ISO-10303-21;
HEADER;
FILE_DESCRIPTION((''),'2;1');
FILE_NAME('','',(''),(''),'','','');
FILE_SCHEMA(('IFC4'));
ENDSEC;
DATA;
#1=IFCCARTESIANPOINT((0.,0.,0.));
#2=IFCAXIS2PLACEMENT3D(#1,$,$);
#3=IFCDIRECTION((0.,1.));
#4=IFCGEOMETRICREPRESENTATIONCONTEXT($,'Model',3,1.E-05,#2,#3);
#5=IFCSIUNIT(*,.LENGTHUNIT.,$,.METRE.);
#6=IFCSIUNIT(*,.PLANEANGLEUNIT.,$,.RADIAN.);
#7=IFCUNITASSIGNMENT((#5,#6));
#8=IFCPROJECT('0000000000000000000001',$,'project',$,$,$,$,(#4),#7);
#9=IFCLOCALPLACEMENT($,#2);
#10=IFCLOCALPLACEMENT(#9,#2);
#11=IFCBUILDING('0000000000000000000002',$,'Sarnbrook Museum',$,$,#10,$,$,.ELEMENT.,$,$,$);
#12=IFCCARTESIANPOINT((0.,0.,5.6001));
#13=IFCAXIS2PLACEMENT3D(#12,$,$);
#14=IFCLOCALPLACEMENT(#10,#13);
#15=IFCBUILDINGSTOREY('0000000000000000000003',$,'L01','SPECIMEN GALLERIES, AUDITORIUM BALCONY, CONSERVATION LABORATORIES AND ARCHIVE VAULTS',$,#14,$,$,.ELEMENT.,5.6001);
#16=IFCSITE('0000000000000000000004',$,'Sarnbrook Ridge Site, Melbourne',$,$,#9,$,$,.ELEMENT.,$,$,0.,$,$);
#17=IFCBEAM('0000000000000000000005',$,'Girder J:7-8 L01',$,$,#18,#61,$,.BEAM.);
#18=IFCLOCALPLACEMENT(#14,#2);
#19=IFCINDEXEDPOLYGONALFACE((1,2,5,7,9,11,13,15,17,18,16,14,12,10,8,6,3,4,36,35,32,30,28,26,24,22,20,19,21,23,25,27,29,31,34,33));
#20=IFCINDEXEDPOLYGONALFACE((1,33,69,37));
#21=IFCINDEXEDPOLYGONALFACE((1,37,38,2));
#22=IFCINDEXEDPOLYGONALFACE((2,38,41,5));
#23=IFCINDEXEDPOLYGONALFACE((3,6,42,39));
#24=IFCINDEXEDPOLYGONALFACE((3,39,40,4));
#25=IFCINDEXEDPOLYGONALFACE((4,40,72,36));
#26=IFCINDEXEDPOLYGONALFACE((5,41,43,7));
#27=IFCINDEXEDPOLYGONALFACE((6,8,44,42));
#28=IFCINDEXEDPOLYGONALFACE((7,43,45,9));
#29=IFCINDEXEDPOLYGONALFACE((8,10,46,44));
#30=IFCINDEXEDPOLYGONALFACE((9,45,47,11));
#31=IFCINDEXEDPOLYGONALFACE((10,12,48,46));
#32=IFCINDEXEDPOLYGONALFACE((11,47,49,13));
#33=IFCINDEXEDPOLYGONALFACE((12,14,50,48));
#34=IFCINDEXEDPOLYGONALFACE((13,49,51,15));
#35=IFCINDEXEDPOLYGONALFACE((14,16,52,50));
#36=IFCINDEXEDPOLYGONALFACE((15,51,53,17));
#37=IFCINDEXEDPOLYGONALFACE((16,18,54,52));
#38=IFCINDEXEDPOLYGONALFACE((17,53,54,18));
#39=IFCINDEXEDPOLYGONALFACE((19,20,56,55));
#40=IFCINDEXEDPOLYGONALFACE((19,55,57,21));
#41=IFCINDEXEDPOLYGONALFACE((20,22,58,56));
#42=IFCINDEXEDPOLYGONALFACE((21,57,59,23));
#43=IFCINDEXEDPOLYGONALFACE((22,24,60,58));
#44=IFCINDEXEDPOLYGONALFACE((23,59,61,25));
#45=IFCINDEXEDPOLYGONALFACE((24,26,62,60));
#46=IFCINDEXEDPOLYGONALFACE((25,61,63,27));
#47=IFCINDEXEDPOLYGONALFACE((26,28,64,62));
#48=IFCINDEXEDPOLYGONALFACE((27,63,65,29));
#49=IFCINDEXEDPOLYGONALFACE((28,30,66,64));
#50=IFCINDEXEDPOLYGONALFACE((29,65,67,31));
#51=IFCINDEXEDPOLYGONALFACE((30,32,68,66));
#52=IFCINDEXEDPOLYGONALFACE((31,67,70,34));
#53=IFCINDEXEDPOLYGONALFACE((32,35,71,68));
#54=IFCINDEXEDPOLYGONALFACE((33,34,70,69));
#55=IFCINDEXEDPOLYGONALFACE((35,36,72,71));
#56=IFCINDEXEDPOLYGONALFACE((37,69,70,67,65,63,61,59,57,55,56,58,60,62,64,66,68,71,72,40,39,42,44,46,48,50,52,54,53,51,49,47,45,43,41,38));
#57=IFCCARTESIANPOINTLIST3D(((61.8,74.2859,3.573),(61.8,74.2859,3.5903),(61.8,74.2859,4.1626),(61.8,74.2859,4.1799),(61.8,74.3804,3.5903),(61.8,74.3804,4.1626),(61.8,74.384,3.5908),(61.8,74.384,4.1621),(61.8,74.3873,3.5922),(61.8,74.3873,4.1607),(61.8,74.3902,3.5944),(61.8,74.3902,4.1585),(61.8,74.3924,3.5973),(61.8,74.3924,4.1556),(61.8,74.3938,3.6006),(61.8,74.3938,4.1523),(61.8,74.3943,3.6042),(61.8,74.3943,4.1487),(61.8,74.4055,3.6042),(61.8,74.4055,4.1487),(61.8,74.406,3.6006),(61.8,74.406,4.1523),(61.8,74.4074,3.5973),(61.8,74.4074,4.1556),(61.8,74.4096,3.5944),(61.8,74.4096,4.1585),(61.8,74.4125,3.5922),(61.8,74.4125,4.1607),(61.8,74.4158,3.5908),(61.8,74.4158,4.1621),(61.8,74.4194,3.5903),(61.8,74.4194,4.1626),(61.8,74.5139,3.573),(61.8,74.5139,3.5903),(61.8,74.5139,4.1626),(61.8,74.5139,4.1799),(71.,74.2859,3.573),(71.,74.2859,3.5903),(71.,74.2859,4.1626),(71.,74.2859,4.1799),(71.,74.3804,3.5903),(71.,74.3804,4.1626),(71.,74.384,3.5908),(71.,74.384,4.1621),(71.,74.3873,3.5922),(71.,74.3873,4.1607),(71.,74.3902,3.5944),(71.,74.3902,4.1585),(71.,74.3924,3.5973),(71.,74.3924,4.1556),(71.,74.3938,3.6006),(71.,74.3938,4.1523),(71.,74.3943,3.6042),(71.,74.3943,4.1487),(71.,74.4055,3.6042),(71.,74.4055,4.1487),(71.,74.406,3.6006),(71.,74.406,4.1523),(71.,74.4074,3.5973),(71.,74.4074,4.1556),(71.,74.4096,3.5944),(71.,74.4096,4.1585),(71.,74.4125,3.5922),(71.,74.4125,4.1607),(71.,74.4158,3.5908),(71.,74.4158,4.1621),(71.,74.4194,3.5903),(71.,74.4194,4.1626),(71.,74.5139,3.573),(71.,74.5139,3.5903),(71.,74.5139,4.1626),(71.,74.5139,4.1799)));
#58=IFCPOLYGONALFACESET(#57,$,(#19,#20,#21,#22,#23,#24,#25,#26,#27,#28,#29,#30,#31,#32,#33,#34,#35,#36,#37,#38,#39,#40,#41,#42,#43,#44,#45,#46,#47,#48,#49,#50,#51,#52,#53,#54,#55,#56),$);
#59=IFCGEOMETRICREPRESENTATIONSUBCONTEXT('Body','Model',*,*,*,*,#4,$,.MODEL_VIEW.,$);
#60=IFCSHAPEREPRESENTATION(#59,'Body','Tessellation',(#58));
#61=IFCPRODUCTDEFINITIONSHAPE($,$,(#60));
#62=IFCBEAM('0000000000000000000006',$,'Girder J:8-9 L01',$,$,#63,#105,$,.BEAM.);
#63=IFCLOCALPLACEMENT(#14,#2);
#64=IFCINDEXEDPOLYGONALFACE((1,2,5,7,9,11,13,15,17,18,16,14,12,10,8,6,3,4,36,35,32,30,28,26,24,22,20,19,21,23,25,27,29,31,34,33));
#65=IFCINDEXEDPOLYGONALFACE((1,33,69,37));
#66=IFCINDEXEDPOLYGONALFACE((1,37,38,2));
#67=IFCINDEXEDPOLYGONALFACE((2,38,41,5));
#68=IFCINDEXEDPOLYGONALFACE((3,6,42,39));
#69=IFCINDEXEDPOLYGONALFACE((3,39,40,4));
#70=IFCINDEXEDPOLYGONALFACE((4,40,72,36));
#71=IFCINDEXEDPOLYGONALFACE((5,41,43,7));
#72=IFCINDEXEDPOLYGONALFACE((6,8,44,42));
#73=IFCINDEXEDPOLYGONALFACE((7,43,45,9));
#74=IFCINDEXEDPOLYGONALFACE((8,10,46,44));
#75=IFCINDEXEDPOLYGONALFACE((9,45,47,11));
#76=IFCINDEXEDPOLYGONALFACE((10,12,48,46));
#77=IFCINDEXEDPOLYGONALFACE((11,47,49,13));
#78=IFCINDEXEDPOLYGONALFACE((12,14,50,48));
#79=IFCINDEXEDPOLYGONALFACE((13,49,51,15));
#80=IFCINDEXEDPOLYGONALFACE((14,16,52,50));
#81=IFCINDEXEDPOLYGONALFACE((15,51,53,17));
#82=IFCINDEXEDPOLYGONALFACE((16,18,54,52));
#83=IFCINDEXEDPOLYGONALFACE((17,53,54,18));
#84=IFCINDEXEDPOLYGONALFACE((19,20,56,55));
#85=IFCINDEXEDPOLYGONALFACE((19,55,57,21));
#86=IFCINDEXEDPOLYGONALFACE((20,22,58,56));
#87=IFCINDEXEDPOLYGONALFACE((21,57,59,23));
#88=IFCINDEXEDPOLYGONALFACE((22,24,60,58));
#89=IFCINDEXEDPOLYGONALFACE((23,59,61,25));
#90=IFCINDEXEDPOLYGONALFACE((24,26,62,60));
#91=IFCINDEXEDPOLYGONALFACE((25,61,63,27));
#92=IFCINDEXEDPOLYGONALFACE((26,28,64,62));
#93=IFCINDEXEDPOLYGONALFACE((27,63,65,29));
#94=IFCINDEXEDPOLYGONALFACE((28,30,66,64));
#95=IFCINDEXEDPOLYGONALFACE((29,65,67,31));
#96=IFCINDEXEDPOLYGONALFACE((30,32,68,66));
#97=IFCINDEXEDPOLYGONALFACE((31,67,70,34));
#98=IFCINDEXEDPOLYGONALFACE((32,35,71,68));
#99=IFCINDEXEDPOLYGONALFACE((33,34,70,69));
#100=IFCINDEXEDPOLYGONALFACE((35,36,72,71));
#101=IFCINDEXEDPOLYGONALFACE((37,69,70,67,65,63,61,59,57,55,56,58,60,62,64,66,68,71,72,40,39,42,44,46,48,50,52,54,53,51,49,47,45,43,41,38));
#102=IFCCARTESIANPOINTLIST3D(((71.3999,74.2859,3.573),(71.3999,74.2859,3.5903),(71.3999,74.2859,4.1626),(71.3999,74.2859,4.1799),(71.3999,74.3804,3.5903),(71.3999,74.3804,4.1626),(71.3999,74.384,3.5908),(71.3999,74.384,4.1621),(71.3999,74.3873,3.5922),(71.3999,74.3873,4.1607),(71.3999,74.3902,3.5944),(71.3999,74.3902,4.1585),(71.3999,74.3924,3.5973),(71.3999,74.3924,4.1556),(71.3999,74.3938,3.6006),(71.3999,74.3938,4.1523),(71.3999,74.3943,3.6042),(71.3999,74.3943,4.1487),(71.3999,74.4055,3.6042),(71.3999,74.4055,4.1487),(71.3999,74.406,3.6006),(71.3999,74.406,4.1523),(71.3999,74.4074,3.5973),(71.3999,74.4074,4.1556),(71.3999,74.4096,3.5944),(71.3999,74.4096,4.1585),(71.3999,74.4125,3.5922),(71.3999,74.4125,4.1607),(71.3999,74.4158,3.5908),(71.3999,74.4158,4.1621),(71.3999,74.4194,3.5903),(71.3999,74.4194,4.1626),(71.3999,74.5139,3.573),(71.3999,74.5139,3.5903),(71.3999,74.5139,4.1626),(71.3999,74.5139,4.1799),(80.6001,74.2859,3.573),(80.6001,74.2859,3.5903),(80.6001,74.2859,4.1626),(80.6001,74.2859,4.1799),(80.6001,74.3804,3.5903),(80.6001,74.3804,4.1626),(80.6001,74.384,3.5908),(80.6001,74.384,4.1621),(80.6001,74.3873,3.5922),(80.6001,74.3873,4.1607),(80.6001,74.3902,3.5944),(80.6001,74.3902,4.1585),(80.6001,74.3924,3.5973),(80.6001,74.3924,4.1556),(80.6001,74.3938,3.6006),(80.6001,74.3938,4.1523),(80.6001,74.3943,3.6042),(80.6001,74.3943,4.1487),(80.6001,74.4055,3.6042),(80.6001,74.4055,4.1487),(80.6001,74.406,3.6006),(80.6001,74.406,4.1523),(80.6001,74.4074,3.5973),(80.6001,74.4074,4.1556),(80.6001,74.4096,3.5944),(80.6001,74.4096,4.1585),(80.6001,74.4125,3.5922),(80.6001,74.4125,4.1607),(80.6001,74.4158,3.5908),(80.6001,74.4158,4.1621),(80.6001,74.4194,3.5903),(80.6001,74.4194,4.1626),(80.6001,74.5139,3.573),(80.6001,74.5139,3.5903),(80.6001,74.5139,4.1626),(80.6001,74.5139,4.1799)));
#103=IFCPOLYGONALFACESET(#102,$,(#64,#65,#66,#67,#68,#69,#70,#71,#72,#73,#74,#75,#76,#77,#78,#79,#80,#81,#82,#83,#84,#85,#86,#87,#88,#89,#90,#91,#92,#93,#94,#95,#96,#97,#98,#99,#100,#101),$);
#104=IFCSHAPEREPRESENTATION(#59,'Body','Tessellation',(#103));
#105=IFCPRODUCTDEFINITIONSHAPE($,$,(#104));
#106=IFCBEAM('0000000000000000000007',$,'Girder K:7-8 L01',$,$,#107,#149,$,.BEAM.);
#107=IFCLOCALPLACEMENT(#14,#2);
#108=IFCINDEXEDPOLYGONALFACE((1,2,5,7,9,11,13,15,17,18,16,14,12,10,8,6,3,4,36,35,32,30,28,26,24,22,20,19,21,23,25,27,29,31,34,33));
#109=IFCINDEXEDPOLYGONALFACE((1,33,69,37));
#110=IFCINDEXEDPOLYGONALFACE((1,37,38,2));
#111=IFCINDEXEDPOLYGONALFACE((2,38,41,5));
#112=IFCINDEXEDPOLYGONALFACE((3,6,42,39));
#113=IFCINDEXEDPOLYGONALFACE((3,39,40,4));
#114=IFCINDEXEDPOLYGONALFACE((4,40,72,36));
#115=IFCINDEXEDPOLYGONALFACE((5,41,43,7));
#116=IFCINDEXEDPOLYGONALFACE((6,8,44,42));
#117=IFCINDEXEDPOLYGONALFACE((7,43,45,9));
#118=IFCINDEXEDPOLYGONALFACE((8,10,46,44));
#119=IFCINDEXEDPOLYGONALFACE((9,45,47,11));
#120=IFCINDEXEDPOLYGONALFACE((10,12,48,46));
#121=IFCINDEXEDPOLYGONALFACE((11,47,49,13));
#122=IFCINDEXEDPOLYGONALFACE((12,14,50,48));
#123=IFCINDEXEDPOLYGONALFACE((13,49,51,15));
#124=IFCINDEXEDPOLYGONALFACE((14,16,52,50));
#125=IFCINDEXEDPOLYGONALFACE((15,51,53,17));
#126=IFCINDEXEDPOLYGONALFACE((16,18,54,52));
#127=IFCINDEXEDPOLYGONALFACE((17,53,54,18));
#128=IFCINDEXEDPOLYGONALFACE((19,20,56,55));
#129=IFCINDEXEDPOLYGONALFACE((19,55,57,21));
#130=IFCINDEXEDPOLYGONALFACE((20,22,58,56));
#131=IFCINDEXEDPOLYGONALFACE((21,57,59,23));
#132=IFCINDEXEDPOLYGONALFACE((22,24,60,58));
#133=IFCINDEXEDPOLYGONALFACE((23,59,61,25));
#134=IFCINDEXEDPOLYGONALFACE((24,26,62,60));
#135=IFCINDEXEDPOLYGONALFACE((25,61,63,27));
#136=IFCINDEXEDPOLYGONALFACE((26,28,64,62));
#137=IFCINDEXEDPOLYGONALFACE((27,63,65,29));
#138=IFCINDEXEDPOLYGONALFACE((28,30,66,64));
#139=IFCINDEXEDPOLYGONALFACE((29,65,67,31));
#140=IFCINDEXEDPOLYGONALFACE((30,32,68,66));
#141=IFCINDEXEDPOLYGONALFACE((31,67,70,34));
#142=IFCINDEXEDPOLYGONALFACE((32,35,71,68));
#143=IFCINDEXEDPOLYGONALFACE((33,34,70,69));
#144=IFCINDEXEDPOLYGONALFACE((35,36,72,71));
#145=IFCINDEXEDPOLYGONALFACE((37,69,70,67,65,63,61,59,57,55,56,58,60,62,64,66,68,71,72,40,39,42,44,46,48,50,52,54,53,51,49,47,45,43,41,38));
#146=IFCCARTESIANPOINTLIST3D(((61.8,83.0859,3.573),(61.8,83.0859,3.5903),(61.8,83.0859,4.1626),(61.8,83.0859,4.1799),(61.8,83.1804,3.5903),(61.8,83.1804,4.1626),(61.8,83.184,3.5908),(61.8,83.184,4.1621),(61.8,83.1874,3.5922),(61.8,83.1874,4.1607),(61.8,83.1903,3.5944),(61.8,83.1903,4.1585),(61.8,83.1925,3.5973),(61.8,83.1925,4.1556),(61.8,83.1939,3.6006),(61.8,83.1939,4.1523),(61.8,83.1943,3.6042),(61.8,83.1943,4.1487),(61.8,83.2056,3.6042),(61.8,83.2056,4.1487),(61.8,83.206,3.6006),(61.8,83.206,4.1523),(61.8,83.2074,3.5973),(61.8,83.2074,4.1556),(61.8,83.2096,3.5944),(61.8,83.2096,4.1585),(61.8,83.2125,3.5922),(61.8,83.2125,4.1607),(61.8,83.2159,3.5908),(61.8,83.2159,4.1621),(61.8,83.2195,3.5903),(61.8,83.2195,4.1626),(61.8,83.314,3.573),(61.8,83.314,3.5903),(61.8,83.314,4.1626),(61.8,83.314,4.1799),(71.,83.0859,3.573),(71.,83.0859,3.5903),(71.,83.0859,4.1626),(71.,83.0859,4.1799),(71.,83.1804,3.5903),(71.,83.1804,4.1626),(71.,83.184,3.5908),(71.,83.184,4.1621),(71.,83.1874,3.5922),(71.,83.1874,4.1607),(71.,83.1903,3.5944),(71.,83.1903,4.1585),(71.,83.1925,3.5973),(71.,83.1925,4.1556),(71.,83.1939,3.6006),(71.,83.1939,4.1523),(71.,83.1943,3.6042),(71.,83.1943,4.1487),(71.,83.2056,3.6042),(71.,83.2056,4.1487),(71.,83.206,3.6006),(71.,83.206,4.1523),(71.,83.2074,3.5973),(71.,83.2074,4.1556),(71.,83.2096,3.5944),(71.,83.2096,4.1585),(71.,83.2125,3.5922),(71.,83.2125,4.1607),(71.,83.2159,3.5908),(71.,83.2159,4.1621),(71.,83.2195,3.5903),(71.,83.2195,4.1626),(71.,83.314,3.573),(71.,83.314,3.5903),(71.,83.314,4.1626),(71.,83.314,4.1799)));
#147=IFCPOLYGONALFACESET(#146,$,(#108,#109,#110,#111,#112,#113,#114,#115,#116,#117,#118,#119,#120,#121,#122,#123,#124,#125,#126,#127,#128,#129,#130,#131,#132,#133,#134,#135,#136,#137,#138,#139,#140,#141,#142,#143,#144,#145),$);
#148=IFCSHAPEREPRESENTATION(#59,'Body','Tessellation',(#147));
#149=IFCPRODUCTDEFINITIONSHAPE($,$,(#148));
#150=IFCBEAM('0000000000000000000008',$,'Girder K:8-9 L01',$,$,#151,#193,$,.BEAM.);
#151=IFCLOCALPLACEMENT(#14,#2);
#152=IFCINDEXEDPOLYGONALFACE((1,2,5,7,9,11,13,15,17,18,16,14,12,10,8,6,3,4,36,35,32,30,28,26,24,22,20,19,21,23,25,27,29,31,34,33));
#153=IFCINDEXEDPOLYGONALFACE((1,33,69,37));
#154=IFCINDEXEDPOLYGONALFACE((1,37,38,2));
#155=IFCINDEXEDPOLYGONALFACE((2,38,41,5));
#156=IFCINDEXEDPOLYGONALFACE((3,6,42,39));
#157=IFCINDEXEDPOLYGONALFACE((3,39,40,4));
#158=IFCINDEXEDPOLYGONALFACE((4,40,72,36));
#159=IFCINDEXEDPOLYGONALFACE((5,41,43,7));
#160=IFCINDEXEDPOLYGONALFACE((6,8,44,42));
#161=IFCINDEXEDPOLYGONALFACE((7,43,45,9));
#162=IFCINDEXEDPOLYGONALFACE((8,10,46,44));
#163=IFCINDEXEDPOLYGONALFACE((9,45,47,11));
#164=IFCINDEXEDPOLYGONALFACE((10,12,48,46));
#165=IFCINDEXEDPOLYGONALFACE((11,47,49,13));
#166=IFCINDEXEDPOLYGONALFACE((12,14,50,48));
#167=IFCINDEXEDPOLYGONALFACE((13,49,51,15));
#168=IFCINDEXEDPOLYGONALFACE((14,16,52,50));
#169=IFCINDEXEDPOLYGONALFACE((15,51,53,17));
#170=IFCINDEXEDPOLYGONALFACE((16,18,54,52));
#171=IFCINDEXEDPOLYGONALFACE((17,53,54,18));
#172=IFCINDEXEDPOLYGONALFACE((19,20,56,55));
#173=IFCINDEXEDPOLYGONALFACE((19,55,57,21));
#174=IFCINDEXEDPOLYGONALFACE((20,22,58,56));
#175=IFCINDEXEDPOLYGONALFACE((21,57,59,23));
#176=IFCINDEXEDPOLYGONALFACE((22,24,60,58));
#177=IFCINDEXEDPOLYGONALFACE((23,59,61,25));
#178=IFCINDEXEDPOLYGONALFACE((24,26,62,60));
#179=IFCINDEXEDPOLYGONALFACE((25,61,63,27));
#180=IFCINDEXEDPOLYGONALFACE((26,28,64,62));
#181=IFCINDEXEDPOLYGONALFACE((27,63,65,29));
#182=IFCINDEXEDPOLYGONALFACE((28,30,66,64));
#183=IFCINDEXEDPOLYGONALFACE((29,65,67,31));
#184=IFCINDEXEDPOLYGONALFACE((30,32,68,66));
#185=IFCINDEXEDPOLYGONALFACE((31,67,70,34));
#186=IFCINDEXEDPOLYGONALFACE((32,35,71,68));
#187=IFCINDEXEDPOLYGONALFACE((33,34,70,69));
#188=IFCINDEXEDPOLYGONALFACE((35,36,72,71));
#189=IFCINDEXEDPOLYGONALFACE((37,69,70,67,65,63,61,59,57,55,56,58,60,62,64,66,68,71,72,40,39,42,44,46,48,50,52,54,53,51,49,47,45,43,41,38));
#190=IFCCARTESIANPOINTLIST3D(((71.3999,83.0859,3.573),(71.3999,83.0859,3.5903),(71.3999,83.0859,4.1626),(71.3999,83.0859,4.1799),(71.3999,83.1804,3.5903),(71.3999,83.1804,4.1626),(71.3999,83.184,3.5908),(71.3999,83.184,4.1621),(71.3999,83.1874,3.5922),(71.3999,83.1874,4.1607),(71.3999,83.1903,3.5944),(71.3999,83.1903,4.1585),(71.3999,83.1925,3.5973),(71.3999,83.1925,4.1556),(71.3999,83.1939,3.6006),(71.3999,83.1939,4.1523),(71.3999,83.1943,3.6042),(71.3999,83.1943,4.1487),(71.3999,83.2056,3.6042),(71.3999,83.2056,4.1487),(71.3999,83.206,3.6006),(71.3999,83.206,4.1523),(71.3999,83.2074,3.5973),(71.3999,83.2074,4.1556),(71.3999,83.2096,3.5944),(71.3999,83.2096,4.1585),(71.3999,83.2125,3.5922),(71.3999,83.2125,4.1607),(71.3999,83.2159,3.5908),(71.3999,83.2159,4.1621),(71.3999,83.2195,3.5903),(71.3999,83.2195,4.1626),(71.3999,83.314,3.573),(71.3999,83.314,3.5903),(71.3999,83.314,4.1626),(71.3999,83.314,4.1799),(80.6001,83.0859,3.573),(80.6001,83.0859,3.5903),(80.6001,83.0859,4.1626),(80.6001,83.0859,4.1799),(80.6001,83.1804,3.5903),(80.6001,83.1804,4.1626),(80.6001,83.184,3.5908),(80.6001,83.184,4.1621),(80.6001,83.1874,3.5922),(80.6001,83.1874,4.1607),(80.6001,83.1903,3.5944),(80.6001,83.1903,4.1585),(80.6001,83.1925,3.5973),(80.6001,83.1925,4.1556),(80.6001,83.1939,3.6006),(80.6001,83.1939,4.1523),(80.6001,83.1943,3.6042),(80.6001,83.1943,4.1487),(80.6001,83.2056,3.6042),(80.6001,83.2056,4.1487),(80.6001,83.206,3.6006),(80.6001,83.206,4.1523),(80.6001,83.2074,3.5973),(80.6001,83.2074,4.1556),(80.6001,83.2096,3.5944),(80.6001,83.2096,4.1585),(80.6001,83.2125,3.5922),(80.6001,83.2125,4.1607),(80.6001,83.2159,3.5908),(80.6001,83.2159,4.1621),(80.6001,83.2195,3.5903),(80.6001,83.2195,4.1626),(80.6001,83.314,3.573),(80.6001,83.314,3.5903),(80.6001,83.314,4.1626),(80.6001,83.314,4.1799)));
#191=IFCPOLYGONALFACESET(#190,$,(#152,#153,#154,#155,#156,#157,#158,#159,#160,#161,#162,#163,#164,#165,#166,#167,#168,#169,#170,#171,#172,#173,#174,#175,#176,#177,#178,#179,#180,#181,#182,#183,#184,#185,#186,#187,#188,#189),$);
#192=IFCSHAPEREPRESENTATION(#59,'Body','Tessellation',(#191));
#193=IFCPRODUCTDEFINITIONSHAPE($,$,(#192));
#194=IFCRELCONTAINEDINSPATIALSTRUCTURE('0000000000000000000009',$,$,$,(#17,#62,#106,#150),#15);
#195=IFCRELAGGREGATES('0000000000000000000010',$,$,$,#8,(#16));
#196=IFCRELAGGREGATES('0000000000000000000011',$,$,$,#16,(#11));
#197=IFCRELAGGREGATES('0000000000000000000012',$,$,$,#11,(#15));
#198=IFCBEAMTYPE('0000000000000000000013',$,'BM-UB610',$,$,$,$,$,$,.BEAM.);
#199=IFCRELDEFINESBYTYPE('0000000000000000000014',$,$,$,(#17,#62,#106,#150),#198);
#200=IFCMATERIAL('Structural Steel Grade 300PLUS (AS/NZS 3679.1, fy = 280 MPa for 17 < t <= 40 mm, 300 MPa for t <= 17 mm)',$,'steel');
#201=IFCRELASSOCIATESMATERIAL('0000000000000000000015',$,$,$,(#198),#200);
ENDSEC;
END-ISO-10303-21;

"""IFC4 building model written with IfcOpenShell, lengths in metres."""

from ifc_helpers import new_model, si_unit, direction, frame, origin, origin_2d, place, context, subcontext, project, spatial, i_section, extrude, material, material_profile, profile_set, type_object, element, save


model = new_model("IFC4")

# Units and contexts
model_context = context("Model", 3, precision=1e-05, world=origin(), true_north=direction((0.0, 1.0)))
body_context = subcontext(model_context, "Body", "Model", "MODEL_VIEW")
ifc_project = project(units=[si_unit("LENGTHUNIT", "METRE"), si_unit("PLANEANGLEUNIT", "RADIAN")], contexts=[model_context])

# Site, building, storey
site_placement = place(None, origin())
site = spatial("IfcSite", under=ifc_project, at=site_placement, Name="Sarnbrook Ridge Site, Melbourne", CompositionType="ELEMENT", RefElevation=0.0)
building_placement = place(site_placement, origin())
building = spatial("IfcBuilding", under=site, at=building_placement, Name="Sarnbrook Museum", CompositionType="ELEMENT")
storey_placement = place(building_placement, frame((0.0, 0.0, 5.6001)))
storey = spatial("IfcBuildingStorey", under=building, at=storey_placement, Name="L01", Description="SPECIMEN GALLERIES, AUDITORIUM BALCONY, CONSERVATION LABORATORIES AND ARCHIVE VAULTS", CompositionType="ELEMENT", Elevation=5.6001)

# Beams
ifc_material_1 = material(Name="Structural Steel Grade 300PLUS (AS/NZS 3679.1, fy = 280 MPa for 17 < t <= 40 mm, 300 MPa for t <= 17 mm)", Category="steel")
ifc_material_profile_1 = material_profile(ifc_material_1, i_section(OverallWidth=0.228, OverallDepth=0.6069, WebThickness=0.0112, FlangeThickness=0.0173, FilletRadius=0.0139, at=origin_2d()), Name="610UB113")
ifc_profile_set_1 = profile_set([ifc_material_profile_1], Name="Structural Steel Grade 300PLUS (AS/NZS 3679.1, fy = 280 MPa for 17 < t <= 40 mm, 300 MPa for t <= 17 mm)")
beam_type_1 = type_object("IfcBeamType", Name="BM-UB610", PredefinedType="BEAM", material=ifc_profile_set_1)
beam_1_placement = place(storey_placement, frame((61.8, 74.3999, 3.8765), z_axis=(1.0, 0.0, 0.0), x_axis=(0.0, 1.0, 0.0)))
element("IfcBeam", 1, at=beam_1_placement, inside=storey, type_object=beam_type_1, Name="Girder J:7-8 L01", PredefinedType="BEAM", context=body_context, shape_type="SweptSolid", body=[
    extrude(i_section(OverallWidth=0.228, OverallDepth=0.6069, WebThickness=0.0112, FlangeThickness=0.0173, FilletRadius=0.0139, at=origin_2d()), origin(), (0.0, 0.0, 1.0), 9.2),
])
beam_2_placement = place(storey_placement, frame((71.3999, 74.3999, 3.8765), z_axis=(1.0, 0.0, 0.0), x_axis=(0.0, 1.0, 0.0)))
element("IfcBeam", 2, at=beam_2_placement, inside=storey, type_object=beam_type_1, Name="Girder J:8-9 L01", PredefinedType="BEAM", context=body_context, shape_type="SweptSolid", body=[
    extrude(i_section(OverallWidth=0.228, OverallDepth=0.6069, WebThickness=0.0112, FlangeThickness=0.0173, FilletRadius=0.0139, at=origin_2d()), origin(), (0.0, 0.0, 1.0), 9.2002),
])
beam_3_placement = place(storey_placement, frame((61.8, 83.2, 3.8765), z_axis=(1.0, 0.0, 0.0), x_axis=(0.0, 1.0, 0.0)))
element("IfcBeam", 3, at=beam_3_placement, inside=storey, type_object=beam_type_1, Name="Girder K:7-8 L01", PredefinedType="BEAM", context=body_context, shape_type="SweptSolid", body=[
    extrude(i_section(OverallWidth=0.228, OverallDepth=0.6069, WebThickness=0.0112, FlangeThickness=0.0173, FilletRadius=0.0139, at=origin_2d()), origin(), (0.0, 0.0, 1.0), 9.2),
])
beam_4_placement = place(storey_placement, frame((71.3999, 83.2, 3.8765), z_axis=(1.0, 0.0, 0.0), x_axis=(0.0, 1.0, 0.0)))
element("IfcBeam", 4, at=beam_4_placement, inside=storey, type_object=beam_type_1, Name="Girder K:8-9 L01", PredefinedType="BEAM", context=body_context, shape_type="SweptSolid", body=[
    extrude(i_section(OverallWidth=0.228, OverallDepth=0.6069, WebThickness=0.0112, FlangeThickness=0.0173, FilletRadius=0.0139, at=origin_2d()), origin(), (0.0, 0.0, 1.0), 9.2002),
])

save(model, "model.ifc")
